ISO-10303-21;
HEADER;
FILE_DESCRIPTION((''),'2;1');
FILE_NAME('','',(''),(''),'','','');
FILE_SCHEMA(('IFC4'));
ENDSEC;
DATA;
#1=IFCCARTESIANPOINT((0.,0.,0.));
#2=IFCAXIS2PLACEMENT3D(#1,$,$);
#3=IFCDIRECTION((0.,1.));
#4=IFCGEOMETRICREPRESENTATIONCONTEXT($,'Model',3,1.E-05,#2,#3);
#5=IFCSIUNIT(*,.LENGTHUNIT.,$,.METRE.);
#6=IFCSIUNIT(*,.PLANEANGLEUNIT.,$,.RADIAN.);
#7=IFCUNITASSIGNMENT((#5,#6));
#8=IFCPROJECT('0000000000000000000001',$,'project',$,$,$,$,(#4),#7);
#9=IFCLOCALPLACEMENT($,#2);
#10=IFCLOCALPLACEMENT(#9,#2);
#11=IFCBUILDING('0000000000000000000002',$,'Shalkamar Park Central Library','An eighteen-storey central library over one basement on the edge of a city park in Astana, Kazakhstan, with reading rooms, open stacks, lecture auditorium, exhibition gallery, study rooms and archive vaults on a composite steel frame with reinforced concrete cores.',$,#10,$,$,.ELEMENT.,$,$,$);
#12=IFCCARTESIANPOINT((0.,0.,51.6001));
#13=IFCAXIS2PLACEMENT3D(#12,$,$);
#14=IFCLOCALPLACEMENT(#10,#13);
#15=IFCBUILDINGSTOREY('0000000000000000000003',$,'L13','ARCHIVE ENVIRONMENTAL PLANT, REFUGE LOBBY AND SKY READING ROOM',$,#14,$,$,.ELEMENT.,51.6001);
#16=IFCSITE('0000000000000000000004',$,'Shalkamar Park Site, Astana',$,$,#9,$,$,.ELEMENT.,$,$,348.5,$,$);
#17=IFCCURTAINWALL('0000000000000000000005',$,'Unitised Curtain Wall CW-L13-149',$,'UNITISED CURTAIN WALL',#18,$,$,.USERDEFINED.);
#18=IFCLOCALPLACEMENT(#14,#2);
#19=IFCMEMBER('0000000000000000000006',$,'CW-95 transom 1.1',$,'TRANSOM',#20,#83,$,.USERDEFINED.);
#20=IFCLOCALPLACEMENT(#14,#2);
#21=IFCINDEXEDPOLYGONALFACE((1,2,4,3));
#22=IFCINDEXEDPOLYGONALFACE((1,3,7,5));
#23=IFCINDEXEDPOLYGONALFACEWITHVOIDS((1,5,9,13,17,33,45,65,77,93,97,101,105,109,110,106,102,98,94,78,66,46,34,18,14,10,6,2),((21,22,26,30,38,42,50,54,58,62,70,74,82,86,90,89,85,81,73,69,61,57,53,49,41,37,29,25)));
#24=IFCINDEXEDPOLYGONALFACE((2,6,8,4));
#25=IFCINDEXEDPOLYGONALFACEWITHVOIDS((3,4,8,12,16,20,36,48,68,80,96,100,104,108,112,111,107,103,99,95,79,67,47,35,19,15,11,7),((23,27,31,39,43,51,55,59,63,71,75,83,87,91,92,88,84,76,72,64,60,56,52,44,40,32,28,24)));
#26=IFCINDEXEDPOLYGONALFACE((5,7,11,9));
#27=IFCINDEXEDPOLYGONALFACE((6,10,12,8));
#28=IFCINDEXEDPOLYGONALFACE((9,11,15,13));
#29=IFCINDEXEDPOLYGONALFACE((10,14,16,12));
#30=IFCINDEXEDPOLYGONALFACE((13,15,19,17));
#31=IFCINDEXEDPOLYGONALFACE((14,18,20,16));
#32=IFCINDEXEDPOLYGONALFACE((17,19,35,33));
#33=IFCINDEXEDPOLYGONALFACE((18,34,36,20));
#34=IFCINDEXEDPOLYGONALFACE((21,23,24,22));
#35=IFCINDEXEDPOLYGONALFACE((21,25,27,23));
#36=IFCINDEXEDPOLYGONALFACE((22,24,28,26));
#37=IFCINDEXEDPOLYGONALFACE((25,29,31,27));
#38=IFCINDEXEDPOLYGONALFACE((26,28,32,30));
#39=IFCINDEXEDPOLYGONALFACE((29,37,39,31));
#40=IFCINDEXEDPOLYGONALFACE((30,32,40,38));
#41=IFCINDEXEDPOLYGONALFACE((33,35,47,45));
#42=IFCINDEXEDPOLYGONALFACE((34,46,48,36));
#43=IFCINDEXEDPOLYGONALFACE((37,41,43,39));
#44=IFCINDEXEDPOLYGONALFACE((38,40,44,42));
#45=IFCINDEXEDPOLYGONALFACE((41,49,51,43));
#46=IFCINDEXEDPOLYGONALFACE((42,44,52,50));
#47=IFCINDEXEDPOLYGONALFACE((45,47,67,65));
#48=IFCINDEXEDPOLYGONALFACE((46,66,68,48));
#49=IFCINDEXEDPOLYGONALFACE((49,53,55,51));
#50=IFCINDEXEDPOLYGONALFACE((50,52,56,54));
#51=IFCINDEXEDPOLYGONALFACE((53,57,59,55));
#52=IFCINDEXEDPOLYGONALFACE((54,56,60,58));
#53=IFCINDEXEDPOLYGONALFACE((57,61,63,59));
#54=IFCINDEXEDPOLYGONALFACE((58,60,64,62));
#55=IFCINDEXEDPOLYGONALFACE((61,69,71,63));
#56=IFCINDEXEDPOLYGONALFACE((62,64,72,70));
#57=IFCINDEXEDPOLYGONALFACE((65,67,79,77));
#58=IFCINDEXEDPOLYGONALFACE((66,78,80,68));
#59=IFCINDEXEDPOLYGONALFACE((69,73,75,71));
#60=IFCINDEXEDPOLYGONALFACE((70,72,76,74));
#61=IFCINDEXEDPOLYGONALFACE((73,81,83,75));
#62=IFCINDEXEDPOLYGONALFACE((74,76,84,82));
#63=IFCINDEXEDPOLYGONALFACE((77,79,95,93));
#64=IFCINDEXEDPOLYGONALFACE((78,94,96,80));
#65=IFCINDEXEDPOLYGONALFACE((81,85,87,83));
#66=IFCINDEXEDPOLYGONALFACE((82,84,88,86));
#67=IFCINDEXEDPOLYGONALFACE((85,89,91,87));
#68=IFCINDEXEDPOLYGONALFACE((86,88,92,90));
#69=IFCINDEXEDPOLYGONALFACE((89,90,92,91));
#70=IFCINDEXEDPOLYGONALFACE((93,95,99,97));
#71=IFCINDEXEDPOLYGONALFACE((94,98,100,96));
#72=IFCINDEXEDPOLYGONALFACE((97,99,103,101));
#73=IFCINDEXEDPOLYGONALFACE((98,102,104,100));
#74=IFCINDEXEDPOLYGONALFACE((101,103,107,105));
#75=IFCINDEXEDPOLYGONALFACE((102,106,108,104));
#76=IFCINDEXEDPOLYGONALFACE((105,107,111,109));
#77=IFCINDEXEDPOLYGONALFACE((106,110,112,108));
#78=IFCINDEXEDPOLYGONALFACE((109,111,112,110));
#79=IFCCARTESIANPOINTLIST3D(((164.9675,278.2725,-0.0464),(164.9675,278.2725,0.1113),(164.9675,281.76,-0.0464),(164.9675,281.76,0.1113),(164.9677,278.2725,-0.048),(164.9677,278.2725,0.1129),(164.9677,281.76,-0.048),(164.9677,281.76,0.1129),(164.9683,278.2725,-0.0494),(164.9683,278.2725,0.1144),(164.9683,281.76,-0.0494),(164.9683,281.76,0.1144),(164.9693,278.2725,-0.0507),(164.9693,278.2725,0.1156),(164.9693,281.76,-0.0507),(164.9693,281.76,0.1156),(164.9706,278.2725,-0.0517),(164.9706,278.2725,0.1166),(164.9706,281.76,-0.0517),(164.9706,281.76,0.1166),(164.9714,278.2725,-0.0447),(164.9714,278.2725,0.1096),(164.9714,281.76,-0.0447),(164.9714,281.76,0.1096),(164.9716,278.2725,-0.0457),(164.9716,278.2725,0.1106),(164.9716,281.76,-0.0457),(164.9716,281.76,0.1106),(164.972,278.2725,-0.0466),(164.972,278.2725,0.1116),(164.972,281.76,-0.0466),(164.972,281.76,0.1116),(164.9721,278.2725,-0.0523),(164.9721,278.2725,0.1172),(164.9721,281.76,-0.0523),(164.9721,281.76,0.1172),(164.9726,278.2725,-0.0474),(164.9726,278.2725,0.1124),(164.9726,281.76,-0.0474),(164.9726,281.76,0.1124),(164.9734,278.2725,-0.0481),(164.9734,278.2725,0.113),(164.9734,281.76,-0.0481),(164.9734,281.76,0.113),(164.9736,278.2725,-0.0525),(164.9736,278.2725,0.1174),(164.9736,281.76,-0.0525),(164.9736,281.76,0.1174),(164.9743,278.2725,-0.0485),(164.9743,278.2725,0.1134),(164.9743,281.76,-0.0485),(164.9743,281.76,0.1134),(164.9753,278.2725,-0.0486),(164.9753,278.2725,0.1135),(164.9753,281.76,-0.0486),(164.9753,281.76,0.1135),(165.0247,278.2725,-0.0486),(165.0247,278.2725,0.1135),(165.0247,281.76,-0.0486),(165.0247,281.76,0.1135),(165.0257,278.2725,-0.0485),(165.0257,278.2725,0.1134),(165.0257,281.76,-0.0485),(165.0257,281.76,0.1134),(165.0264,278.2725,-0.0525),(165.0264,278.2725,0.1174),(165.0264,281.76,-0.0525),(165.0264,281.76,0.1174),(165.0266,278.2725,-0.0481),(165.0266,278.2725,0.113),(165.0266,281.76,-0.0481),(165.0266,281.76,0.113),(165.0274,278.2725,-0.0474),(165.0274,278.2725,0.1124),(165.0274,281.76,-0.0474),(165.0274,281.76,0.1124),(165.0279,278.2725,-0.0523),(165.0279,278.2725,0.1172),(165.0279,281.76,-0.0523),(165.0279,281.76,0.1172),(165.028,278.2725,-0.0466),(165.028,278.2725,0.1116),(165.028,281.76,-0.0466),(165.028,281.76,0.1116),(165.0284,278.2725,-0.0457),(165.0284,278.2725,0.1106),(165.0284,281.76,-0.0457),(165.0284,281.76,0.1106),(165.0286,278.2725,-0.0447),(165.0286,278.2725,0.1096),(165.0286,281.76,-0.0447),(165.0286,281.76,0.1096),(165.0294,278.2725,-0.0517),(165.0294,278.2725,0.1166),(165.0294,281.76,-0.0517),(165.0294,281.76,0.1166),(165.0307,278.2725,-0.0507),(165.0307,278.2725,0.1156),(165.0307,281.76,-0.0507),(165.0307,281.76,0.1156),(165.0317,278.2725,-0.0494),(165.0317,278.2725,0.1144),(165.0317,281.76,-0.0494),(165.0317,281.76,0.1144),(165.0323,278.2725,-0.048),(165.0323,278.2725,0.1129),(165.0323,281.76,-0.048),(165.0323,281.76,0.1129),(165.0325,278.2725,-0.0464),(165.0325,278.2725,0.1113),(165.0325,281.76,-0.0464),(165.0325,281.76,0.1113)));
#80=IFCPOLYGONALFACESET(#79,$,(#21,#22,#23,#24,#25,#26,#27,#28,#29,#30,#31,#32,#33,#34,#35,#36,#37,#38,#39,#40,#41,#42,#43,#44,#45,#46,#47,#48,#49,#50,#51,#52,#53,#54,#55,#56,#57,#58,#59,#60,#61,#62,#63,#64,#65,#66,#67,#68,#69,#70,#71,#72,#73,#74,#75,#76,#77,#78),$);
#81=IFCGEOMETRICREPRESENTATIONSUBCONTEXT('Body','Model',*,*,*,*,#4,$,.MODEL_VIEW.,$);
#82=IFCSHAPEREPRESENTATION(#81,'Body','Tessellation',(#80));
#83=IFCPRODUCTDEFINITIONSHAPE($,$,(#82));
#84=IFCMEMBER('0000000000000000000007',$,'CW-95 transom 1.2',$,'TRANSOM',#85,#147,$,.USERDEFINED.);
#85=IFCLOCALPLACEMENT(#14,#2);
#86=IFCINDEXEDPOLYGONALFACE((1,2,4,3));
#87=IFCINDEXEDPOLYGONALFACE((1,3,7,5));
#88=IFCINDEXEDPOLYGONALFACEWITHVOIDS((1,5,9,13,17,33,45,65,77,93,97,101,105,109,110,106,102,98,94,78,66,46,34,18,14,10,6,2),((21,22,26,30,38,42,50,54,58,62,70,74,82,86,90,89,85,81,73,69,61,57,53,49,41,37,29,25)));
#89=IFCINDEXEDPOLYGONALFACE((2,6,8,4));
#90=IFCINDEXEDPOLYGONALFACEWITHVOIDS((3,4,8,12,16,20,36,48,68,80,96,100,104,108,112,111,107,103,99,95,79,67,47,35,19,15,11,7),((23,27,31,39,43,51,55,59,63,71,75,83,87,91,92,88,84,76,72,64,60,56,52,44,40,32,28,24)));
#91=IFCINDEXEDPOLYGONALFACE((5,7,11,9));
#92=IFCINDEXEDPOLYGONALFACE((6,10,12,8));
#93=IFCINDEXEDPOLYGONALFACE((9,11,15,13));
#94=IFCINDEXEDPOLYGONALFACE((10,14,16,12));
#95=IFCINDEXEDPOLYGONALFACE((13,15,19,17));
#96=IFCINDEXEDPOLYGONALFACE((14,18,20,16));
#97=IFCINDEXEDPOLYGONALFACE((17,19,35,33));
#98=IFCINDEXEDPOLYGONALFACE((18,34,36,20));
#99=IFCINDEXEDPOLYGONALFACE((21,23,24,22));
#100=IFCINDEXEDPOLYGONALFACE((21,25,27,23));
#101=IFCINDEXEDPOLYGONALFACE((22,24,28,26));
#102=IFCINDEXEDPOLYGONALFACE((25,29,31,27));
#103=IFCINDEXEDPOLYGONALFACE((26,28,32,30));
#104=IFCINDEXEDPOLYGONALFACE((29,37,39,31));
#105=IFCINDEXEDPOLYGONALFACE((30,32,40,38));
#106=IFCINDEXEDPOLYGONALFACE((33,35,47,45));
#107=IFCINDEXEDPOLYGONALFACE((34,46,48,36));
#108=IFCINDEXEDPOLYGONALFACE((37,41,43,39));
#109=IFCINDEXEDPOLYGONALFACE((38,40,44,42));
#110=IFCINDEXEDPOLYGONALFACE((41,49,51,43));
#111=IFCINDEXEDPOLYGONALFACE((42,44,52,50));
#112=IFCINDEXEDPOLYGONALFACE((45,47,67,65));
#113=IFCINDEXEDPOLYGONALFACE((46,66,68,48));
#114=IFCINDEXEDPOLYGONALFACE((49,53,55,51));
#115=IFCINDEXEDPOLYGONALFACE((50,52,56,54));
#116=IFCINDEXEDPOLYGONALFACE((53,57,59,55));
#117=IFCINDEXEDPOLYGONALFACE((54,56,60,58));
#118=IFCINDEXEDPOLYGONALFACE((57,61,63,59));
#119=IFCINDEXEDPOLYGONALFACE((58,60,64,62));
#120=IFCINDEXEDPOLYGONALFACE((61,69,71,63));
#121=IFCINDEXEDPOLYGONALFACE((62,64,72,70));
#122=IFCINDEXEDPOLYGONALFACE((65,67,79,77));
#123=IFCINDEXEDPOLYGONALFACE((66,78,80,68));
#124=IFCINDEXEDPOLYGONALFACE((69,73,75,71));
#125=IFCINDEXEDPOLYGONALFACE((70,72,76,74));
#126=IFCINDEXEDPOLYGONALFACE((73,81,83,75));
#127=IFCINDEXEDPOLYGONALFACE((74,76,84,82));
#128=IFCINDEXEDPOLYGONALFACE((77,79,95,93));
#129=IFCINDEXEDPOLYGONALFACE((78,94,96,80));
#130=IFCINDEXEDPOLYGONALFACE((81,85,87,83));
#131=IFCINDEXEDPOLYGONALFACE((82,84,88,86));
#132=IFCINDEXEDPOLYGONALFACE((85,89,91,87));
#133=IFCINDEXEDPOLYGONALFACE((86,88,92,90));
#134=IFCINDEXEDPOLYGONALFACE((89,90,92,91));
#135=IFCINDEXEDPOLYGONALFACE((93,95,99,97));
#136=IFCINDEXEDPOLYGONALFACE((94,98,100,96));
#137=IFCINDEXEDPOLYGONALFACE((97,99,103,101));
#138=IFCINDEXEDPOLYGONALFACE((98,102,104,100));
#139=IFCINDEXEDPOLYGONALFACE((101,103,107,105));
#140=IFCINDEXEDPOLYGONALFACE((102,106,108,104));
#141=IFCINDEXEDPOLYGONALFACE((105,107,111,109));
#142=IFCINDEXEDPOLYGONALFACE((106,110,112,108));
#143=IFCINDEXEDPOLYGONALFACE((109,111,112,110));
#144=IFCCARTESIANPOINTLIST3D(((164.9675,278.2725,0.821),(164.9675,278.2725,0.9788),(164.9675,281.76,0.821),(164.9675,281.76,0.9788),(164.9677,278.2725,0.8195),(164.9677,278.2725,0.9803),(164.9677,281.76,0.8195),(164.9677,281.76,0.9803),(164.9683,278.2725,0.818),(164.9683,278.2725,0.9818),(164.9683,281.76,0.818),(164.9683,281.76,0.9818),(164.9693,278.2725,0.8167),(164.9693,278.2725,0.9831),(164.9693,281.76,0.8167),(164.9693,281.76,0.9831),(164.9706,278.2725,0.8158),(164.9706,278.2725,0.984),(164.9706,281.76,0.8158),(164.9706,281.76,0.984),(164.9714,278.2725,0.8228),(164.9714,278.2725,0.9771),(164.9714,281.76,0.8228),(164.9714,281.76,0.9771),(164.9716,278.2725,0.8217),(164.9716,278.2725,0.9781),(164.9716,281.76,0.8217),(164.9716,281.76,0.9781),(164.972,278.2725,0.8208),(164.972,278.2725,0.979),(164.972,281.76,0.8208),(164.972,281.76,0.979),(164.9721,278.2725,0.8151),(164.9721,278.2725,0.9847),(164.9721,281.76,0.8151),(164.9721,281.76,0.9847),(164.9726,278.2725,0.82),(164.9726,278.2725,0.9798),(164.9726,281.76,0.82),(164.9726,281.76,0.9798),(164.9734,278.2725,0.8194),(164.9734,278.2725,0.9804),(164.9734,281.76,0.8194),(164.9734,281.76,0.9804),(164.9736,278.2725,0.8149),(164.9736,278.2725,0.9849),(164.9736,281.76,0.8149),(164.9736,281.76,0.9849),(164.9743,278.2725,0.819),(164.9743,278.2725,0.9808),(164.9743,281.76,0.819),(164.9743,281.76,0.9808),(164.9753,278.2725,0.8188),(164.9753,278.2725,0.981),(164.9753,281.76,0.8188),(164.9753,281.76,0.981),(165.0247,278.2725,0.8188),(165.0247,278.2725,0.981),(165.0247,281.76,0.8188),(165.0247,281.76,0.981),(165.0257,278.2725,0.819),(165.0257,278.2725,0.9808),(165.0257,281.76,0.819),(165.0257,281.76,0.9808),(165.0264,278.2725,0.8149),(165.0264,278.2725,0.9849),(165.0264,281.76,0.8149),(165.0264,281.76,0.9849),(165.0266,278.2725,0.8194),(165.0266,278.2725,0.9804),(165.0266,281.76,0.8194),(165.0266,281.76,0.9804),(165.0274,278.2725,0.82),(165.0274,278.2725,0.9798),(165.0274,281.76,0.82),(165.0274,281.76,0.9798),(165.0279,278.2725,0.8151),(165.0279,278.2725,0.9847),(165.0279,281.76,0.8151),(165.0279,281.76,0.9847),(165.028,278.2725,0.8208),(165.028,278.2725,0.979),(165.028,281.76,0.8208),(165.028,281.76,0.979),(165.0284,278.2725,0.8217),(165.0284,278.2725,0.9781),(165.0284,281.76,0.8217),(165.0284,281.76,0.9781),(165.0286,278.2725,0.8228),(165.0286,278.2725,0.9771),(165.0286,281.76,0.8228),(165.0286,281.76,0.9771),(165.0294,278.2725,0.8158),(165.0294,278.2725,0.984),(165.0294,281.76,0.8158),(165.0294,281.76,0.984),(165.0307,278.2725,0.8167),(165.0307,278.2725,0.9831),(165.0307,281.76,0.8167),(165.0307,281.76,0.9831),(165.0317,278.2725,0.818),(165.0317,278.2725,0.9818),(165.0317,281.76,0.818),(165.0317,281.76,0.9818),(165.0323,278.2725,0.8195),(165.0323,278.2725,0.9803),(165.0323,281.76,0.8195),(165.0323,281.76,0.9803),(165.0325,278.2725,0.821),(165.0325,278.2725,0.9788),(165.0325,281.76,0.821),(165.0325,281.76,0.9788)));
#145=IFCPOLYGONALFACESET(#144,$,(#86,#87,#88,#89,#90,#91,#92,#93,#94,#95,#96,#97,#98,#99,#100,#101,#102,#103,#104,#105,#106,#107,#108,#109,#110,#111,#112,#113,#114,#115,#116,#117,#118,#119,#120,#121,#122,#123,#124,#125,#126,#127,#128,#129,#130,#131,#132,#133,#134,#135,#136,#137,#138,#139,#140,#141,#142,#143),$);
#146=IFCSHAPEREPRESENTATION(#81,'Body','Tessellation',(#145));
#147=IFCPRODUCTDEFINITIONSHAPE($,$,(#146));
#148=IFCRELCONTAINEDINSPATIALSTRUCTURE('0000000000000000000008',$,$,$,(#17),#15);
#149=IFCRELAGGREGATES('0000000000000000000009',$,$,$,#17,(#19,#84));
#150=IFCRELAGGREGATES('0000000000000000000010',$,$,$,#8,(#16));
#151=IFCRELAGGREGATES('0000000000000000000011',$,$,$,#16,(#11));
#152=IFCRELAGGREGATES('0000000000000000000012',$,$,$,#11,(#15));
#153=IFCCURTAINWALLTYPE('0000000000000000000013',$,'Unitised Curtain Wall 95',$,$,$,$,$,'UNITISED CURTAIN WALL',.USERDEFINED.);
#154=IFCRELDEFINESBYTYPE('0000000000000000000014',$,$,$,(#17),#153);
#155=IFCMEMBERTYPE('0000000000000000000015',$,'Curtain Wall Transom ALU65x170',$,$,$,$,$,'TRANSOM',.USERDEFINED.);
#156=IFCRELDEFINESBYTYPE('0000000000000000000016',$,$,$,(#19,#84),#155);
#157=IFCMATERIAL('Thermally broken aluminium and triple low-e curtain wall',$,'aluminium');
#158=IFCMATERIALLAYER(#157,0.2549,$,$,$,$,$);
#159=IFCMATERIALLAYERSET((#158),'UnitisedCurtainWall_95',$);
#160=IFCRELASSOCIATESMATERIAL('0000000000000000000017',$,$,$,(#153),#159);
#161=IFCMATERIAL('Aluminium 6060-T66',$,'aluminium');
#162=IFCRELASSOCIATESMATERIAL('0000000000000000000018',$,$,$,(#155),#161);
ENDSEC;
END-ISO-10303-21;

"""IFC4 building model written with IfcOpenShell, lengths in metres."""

from ifc_helpers import new_model, si_unit, direction, frame, origin, origin_2d, place, context, subcontext, project, spatial, hollow_rectangle, extrude, material, layer, layer_set, material_profile, profile_set, type_object, element, aggregate, save


model = new_model("IFC4")

# Units and contexts
model_context = context("Model", 3, precision=1e-05, world=origin(), true_north=direction((0.0, 1.0)))
body_context = subcontext(model_context, "Body", "Model", "MODEL_VIEW")
ifc_project = project(units=[si_unit("LENGTHUNIT", "METRE"), si_unit("PLANEANGLEUNIT", "RADIAN")], contexts=[model_context])

# Site, building, storey
site_placement = place(None, origin())
site = spatial("IfcSite", under=ifc_project, at=site_placement, Name="Shalkamar Park Site, Astana", CompositionType="ELEMENT", RefElevation=348.5)
building_placement = place(site_placement, origin())
building = spatial("IfcBuilding", under=site, at=building_placement, Name="Shalkamar Park Central Library", Description="An eighteen-storey central library over one basement on the edge of a city park in Astana, Kazakhstan, with reading rooms, open stacks, lecture auditorium, exhibition gallery, study rooms and archive vaults on a composite steel frame with reinforced concrete cores.", CompositionType="ELEMENT")
storey_placement = place(building_placement, frame((0.0, 0.0, 51.6001)))
storey = spatial("IfcBuildingStorey", under=building, at=storey_placement, Name="L13", Description="ARCHIVE ENVIRONMENTAL PLANT, REFUGE LOBBY AND SKY READING ROOM", CompositionType="ELEMENT", Elevation=51.6001)

# Curtain wall, members
ifc_material_1 = material(Name="Thermally broken aluminium and triple low-e curtain wall", Category="aluminium")
ifc_layer_1 = layer(ifc_material_1, 0.2549)
ifc_layer_set_1 = layer_set([ifc_layer_1], Name="UnitisedCurtainWall_95")
curtain_wall_type = type_object("IfcCurtainWallType", Name="Unitised Curtain Wall 95", ElementType="UNITISED CURTAIN WALL", PredefinedType="USERDEFINED", material=ifc_layer_set_1)
curtain_wall_placement = place(storey_placement, origin())
curtain_wall = element("IfcCurtainWall", 1, at=curtain_wall_placement, inside=storey, type_object=curtain_wall_type, Name="Unitised Curtain Wall CW-L13-149", ObjectType="UNITISED CURTAIN WALL", PredefinedType="USERDEFINED")
ifc_material_2 = material(Name="Aluminium 6060-T66", Category="aluminium")
ifc_material_profile_1 = material_profile(ifc_material_2, hollow_rectangle(XDim=0.0649, YDim=0.1699, WallThickness=0.0039, InnerFilletRadius=0.0039, OuterFilletRadius=0.0061, at=origin_2d()), Name="ALU 65x170x4")
ifc_profile_set_1 = profile_set([ifc_material_profile_1], Name="Aluminium 6060-T66")
member_type_1 = type_object("IfcMemberType", Name="Curtain Wall Transom ALU65x170", ElementType="TRANSOM", PredefinedType="USERDEFINED", material=ifc_profile_set_1)
member_1_placement = place(storey_placement, frame((165.0, 278.2725, 0.0325), z_axis=(0.0, 1.0, 0.0), x_axis=(-1.0, 0.0, 0.0)))
member_1 = element("IfcMember", 2, at=member_1_placement, type_object=member_type_1, Name="CW-95 transom 1.1", ObjectType="TRANSOM", PredefinedType="USERDEFINED", context=body_context, shape_type="SweptSolid", body=[
    extrude(hollow_rectangle(XDim=0.0649, YDim=0.1699, WallThickness=0.0039, InnerFilletRadius=0.0039, OuterFilletRadius=0.0061, at=origin_2d()), origin(), (0.0, 0.0, 1.0), 3.4875),
])
member_2_placement = place(storey_placement, frame((165.0, 278.2725, 0.8999), z_axis=(0.0, 1.0, 0.0), x_axis=(-1.0, 0.0, 0.0)))
member_2 = element("IfcMember", 3, at=member_2_placement, type_object=member_type_1, Name="CW-95 transom 1.2", ObjectType="TRANSOM", PredefinedType="USERDEFINED", context=body_context, shape_type="SweptSolid", body=[
    extrude(hollow_rectangle(XDim=0.0649, YDim=0.1699, WallThickness=0.0039, InnerFilletRadius=0.0039, OuterFilletRadius=0.0061, at=origin_2d()), origin(), (0.0, 0.0, 1.0), 3.4875),
])

aggregate(curtain_wall, [member_1, member_2])

save(model, "model.ifc")
